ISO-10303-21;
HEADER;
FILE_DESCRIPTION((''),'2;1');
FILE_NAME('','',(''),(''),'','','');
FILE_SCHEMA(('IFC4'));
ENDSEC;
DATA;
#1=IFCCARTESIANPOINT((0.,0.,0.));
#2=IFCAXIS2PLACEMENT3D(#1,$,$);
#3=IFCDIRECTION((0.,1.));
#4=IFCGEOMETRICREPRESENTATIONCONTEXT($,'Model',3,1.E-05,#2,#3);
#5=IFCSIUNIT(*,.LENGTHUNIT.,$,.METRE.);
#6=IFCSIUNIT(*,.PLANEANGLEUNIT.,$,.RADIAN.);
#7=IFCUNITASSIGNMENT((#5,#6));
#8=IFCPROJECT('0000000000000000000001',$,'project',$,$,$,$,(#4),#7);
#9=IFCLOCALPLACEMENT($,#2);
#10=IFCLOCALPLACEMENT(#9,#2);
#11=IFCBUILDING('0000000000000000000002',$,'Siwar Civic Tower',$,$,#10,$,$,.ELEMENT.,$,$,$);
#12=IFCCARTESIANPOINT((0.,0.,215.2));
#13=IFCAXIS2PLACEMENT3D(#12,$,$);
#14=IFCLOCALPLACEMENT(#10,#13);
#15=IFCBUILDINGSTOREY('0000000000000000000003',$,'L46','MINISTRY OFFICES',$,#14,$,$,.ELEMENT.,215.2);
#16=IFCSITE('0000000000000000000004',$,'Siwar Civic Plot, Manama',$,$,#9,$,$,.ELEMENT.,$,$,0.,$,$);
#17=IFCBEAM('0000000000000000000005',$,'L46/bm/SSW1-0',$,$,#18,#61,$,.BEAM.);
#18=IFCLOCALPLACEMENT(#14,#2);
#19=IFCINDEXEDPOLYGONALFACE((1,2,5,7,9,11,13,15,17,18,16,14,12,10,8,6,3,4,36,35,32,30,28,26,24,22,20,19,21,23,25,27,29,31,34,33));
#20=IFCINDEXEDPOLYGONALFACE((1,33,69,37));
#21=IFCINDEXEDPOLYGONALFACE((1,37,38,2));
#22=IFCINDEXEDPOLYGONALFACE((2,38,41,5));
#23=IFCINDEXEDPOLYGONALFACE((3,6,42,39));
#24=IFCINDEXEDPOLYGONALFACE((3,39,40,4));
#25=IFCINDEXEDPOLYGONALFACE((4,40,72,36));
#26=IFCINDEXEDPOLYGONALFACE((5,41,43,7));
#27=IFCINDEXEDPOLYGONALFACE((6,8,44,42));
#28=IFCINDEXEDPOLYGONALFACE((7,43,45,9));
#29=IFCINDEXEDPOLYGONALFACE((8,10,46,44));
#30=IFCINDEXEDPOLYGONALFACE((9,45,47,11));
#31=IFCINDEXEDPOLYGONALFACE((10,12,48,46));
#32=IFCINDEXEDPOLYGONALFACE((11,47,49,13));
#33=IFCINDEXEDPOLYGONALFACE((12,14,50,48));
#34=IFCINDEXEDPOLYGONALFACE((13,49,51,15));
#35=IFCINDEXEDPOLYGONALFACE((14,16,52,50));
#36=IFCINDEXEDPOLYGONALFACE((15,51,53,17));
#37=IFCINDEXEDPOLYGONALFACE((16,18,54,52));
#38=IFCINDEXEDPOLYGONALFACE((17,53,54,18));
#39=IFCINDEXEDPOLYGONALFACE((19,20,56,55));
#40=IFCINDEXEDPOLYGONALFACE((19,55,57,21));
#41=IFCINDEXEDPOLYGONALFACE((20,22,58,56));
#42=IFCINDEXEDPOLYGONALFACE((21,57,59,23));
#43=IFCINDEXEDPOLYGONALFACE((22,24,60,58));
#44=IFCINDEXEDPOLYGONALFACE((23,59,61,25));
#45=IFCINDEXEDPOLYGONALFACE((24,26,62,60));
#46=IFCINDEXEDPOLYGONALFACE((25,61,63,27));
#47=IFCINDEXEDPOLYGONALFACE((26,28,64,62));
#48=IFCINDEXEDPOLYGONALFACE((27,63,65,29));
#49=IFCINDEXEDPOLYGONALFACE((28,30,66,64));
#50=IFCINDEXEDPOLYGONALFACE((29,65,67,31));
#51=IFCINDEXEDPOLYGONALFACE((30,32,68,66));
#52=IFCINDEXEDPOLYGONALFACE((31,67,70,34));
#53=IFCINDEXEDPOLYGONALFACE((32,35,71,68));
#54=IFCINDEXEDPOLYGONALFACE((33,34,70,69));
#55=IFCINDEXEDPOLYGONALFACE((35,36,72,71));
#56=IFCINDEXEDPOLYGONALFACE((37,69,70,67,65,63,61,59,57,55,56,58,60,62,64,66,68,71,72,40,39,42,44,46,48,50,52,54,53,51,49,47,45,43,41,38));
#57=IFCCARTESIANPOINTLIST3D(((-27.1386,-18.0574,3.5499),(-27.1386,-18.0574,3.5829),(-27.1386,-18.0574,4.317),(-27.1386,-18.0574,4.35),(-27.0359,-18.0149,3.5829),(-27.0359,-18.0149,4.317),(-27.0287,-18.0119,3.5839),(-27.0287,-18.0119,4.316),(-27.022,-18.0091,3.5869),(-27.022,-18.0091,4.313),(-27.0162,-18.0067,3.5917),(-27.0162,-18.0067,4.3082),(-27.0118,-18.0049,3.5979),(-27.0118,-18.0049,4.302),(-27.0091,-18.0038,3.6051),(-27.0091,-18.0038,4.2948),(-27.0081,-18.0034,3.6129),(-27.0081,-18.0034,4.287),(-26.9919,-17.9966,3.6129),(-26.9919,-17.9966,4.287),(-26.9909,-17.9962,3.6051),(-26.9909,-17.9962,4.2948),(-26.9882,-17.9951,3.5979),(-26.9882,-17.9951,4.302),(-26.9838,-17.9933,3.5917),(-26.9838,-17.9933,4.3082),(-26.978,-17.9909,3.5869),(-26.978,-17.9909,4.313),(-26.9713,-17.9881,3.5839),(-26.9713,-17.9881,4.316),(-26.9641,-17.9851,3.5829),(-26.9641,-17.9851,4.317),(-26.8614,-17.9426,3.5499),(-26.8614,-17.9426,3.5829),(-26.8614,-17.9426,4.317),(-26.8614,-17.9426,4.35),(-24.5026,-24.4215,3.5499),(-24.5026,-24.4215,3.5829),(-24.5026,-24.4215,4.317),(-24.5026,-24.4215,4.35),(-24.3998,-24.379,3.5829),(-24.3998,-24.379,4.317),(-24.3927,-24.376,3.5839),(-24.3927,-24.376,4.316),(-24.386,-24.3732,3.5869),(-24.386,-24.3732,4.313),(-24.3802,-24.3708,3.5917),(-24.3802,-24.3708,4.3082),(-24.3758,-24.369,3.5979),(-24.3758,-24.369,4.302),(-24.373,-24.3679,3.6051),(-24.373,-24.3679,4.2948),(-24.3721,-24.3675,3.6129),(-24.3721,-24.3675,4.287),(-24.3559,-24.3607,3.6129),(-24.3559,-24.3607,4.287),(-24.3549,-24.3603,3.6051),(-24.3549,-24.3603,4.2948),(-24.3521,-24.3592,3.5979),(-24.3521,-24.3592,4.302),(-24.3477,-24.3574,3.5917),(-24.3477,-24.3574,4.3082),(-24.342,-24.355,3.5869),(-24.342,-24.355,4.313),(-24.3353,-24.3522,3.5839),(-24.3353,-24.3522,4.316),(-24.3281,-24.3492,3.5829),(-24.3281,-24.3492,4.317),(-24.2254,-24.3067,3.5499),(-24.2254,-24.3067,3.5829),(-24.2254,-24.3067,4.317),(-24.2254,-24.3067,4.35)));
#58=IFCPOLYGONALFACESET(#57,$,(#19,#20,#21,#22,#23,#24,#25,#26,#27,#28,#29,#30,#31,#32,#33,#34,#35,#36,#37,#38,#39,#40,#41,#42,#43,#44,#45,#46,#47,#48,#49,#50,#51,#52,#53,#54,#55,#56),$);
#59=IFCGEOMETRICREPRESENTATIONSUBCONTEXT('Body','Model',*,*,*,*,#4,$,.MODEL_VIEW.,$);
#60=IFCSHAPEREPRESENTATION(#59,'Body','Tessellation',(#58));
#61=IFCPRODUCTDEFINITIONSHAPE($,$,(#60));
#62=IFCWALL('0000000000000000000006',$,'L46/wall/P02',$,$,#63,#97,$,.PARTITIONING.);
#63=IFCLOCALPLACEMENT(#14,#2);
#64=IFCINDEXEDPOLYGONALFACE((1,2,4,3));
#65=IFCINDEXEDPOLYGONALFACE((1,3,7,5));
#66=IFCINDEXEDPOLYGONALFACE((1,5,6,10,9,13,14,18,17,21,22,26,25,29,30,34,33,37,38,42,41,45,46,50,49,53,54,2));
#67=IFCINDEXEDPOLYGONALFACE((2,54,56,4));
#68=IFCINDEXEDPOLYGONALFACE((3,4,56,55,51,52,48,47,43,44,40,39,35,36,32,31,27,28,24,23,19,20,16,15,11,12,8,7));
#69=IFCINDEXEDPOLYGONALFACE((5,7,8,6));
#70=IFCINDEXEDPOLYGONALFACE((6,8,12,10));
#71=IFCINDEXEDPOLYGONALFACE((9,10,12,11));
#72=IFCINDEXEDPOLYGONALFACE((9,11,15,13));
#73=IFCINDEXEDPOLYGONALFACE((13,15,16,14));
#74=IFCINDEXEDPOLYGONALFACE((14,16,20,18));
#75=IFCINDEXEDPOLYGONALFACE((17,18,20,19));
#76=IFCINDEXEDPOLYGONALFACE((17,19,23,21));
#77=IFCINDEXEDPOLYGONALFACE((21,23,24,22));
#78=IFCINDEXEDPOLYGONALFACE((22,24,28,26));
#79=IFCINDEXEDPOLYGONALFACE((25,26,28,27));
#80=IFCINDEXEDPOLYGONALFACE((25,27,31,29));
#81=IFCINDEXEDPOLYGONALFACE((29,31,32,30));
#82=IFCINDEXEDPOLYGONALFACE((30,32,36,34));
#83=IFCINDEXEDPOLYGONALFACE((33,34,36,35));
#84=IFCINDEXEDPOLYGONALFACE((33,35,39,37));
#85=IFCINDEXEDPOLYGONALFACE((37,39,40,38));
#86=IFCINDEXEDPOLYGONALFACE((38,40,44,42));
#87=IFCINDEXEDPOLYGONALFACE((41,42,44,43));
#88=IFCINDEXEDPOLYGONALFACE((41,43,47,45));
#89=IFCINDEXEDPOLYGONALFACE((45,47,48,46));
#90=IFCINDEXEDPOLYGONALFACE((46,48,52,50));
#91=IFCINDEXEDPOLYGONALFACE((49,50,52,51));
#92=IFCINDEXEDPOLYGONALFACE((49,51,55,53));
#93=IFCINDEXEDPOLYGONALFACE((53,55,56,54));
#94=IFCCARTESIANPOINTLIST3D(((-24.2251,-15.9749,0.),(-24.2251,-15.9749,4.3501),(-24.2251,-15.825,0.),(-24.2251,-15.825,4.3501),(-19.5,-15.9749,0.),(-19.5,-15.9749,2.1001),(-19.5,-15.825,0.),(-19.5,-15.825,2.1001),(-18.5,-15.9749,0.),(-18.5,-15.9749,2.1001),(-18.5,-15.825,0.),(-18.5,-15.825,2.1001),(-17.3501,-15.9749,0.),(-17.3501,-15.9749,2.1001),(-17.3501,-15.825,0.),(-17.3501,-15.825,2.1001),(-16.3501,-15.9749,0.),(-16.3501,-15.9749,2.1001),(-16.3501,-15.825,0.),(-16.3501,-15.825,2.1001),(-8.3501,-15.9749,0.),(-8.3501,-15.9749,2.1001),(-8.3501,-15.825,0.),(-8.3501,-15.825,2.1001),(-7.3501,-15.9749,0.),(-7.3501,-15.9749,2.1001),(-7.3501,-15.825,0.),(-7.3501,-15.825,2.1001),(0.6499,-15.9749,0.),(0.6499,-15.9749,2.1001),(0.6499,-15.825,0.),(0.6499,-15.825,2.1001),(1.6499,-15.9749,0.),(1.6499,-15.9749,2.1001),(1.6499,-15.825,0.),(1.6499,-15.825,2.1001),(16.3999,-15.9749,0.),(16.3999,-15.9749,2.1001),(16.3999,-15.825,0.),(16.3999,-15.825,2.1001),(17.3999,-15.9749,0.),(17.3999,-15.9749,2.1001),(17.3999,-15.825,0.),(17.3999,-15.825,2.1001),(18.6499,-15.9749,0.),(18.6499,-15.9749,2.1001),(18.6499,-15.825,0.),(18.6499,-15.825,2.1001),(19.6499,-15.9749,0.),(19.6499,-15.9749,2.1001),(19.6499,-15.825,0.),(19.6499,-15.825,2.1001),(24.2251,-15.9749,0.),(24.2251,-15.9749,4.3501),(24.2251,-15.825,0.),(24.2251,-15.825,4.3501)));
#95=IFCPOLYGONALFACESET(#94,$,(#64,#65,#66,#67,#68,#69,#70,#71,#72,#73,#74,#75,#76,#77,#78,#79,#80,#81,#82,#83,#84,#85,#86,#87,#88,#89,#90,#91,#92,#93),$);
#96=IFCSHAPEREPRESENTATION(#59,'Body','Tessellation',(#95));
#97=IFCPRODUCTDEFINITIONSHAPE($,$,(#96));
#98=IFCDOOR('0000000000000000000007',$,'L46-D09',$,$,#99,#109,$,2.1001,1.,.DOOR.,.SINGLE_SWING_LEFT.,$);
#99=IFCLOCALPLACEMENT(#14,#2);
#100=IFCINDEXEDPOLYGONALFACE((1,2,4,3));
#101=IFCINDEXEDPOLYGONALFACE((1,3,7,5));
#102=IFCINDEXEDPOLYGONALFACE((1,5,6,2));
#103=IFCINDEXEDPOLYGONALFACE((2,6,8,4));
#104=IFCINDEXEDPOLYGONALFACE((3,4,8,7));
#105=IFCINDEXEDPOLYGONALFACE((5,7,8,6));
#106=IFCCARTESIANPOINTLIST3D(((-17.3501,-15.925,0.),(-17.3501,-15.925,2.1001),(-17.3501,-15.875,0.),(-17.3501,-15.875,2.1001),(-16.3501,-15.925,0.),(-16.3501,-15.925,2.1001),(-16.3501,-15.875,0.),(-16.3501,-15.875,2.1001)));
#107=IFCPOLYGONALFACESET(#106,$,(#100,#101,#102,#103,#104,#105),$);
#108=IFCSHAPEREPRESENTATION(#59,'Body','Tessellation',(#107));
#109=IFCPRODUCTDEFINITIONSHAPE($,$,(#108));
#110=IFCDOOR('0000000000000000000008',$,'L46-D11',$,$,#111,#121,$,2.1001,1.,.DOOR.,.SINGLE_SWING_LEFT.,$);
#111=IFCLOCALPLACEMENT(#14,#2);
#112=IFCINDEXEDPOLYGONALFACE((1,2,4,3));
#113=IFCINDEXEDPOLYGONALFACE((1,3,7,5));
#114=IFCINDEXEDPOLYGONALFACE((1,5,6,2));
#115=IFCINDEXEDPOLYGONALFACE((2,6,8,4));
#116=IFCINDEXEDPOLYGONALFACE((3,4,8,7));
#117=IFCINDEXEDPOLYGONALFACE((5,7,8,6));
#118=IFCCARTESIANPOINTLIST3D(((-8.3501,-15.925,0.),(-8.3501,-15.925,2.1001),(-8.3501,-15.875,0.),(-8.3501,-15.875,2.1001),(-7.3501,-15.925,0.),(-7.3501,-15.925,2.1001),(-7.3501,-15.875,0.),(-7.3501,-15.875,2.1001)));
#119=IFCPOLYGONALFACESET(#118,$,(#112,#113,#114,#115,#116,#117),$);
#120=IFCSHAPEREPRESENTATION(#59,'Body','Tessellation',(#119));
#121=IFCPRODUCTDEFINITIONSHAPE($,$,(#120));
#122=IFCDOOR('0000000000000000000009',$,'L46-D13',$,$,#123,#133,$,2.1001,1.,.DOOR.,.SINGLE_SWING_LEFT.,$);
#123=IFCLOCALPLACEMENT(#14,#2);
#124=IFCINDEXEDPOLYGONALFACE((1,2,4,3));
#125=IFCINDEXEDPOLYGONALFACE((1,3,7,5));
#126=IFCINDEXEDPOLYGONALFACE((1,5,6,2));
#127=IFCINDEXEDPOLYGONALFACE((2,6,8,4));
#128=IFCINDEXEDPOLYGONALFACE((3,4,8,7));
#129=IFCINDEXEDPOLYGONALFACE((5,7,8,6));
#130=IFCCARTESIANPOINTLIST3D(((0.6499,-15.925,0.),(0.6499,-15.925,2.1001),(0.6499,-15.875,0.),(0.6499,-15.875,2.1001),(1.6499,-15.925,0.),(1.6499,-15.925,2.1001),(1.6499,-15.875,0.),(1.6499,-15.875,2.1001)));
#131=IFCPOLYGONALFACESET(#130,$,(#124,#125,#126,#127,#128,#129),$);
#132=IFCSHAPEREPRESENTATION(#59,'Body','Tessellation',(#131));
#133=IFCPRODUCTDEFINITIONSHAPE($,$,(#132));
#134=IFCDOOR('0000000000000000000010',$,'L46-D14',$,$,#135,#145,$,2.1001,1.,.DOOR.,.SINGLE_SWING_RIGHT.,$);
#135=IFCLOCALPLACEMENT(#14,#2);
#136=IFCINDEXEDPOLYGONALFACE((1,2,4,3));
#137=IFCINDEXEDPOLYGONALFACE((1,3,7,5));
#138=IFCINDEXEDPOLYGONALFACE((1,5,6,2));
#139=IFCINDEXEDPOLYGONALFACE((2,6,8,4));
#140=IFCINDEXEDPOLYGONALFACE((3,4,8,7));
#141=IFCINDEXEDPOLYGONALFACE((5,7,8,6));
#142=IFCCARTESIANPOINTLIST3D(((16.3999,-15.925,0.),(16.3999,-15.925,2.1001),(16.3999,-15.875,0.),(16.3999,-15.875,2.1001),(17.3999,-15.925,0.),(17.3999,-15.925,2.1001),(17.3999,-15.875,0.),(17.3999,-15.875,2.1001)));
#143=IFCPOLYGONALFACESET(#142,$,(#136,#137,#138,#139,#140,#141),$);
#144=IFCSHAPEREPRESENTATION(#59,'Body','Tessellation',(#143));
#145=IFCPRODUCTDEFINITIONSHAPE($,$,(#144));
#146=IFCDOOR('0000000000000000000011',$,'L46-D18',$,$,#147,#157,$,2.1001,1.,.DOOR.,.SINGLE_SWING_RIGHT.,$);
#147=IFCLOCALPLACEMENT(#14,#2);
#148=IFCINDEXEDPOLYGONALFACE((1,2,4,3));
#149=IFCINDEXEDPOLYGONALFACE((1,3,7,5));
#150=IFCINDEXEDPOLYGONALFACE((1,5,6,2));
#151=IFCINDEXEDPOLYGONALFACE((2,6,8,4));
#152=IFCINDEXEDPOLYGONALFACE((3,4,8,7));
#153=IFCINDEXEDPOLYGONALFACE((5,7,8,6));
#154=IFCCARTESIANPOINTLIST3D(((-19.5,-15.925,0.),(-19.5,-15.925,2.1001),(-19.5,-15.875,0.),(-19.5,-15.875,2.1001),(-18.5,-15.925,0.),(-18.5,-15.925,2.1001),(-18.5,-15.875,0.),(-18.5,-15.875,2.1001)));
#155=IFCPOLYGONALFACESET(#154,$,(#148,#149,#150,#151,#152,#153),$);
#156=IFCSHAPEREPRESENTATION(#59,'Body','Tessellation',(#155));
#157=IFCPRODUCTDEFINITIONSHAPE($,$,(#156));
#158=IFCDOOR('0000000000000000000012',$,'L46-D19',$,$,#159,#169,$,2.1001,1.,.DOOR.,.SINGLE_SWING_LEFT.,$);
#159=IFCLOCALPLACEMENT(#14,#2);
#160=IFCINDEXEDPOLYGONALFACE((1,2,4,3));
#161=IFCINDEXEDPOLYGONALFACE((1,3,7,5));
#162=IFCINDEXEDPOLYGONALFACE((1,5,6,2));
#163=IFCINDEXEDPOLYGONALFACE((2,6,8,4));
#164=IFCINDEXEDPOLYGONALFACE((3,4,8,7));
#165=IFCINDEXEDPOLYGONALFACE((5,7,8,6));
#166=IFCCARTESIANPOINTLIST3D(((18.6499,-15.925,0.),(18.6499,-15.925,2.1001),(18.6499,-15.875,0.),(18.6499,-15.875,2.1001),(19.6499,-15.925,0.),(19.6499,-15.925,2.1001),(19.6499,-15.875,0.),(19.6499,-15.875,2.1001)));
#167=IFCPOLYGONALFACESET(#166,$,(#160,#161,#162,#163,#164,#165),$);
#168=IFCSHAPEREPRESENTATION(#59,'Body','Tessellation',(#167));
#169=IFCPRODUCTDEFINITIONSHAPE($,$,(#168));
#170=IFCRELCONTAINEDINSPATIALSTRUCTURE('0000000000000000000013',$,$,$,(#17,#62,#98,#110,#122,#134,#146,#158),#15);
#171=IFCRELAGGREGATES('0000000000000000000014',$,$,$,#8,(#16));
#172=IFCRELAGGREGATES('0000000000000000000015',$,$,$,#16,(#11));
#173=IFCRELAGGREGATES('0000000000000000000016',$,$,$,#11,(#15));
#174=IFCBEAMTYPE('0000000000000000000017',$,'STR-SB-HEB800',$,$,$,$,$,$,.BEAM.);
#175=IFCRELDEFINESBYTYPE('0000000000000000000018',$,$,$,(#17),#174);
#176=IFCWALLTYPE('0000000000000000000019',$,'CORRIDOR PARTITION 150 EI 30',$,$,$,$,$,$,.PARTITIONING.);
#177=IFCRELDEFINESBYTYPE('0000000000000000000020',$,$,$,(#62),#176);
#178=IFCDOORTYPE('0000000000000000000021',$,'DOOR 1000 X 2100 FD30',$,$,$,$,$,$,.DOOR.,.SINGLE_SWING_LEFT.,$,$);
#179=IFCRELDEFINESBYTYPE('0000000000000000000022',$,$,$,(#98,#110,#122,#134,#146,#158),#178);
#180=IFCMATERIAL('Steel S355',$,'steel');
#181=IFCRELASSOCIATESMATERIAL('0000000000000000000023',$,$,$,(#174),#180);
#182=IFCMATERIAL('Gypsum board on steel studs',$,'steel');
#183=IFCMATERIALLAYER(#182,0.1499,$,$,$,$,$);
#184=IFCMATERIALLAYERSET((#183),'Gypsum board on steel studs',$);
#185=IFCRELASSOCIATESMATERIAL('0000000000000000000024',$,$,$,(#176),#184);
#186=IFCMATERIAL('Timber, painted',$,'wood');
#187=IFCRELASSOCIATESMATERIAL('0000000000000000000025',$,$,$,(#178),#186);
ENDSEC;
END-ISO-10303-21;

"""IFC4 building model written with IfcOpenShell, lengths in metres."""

from ifc_helpers import new_model, si_unit, direction, frame, frame_2d, origin, origin_2d, place, context, subcontext, project, spatial, rectangle, i_section, extrude, material, layer, layer_set, material_profile, profile_set, type_object, element, fill, save


model = new_model("IFC4")

# Units and contexts
model_context = context("Model", 3, precision=1e-05, world=origin(), true_north=direction((0.0, 1.0)))
body_context = subcontext(model_context, "Body", "Model", "MODEL_VIEW")
ifc_project = project(units=[si_unit("LENGTHUNIT", "METRE"), si_unit("PLANEANGLEUNIT", "RADIAN")], contexts=[model_context])

# Site, building, storey
site_placement = place(None, origin())
site = spatial("IfcSite", under=ifc_project, at=site_placement, Name="Siwar Civic Plot, Manama", CompositionType="ELEMENT", RefElevation=0.0)
building_placement = place(site_placement, origin())
building = spatial("IfcBuilding", under=site, at=building_placement, Name="Siwar Civic Tower", CompositionType="ELEMENT")
storey_placement = place(building_placement, frame((0.0, 0.0, 215.2)))
storey = spatial("IfcBuildingStorey", under=building, at=storey_placement, Name="L46", Description="MINISTRY OFFICES", CompositionType="ELEMENT", Elevation=215.2)

# Beam
ifc_material_1 = material(Name="Steel S355", Category="steel")
ifc_material_profile_1 = material_profile(ifc_material_1, i_section(OverallWidth=0.3, OverallDepth=0.8, WebThickness=0.0176, FlangeThickness=0.033, FilletRadius=0.03, at=origin_2d()), Name="HEB800")
ifc_profile_set_1 = profile_set([ifc_material_profile_1], Name="Steel S355")
beam_type_1 = type_object("IfcBeamType", Name="STR-SB-HEB800", PredefinedType="BEAM", material=ifc_profile_set_1)
beam_1_placement = place(storey_placement, frame((-27.0, -18.0, 3.95), z_axis=(0.382674, -0.923883, 0.0), x_axis=(0.923883, 0.382674, 0.0)))
element("IfcBeam", 1, at=beam_1_placement, inside=storey, type_object=beam_type_1, Name="L46/bm/SSW1-0", PredefinedType="BEAM", context=body_context, shape_type="SweptSolid", body=[
    extrude(i_section(OverallWidth=0.3, OverallDepth=0.8, WebThickness=0.0176, FlangeThickness=0.033, FilletRadius=0.03, at=origin_2d()), origin(), (0.0, 0.0, 1.0), 6.8884),
])

# Wall, openings, doors
ifc_material_2 = material(Name="Gypsum board on steel studs", Category="steel")
ifc_layer_1 = layer(ifc_material_2, 0.1499)
ifc_layer_set_1 = layer_set([ifc_layer_1], Name="Gypsum board on steel studs")
wall_type = type_object("IfcWallType", Name="CORRIDOR PARTITION 150 EI 30", PredefinedType="PARTITIONING", material=ifc_layer_set_1)
wall_1_placement = place(storey_placement, frame((-24.2251, -15.8999, 0.0), z_axis=(0.0, 0.0, 1.0), x_axis=(1.0, 0.0, 0.0)))
wall_1 = element("IfcWall", 2, at=wall_1_placement, inside=storey, type_object=wall_type, Name="L46/wall/P02", PredefinedType="PARTITIONING", context=body_context, shape_type="SweptSolid", body=[
    extrude(rectangle(XDim=48.4502, YDim=0.1499, at=frame_2d((24.2251, 0.0))), origin(), (0.0, 0.0, 1.0), 4.3501),
])
opening_1_placement = place(wall_1_placement, frame((6.875, 0.0, 0.0)))
opening_1 = element("IfcOpeningElement", 3, at=opening_1_placement, cuts=wall_1, PredefinedType="OPENING", context=body_context, shape_type="SweptSolid", body=[
    extrude(rectangle(XDim=1.0, YDim=2.1001, at=frame_2d((0.5, 1.05))), frame((0.0, 0.085, 0.0), z_axis=(0.0, -1.0, 0.0), x_axis=(1.0, 0.0, 0.0)), (0.0, 0.0, 1.0), 0.1699),
])
opening_2_placement = place(wall_1_placement, frame((15.875, 0.0, 0.0)))
opening_2 = element("IfcOpeningElement", 4, at=opening_2_placement, cuts=wall_1, PredefinedType="OPENING", context=body_context, shape_type="SweptSolid", body=[
    extrude(rectangle(XDim=1.0, YDim=2.1001, at=frame_2d((0.5, 1.05))), frame((0.0, 0.085, 0.0), z_axis=(0.0, -1.0, 0.0), x_axis=(1.0, 0.0, 0.0)), (0.0, 0.0, 1.0), 0.1699),
])
opening_3_placement = place(wall_1_placement, frame((24.875, 0.0, 0.0)))
opening_3 = element("IfcOpeningElement", 5, at=opening_3_placement, cuts=wall_1, PredefinedType="OPENING", context=body_context, shape_type="SweptSolid", body=[
    extrude(rectangle(XDim=1.0, YDim=2.1001, at=frame_2d((0.5, 1.05))), frame((0.0, 0.085, 0.0), z_axis=(0.0, -1.0, 0.0), x_axis=(1.0, 0.0, 0.0)), (0.0, 0.0, 1.0), 0.1699),
])
opening_4_placement = place(wall_1_placement, frame((40.625, 0.0, 0.0)))
opening_4 = element("IfcOpeningElement", 6, at=opening_4_placement, cuts=wall_1, PredefinedType="OPENING", context=body_context, shape_type="SweptSolid", body=[
    extrude(rectangle(XDim=1.0, YDim=2.1001, at=frame_2d((0.5, 1.05))), frame((0.0, 0.085, 0.0), z_axis=(0.0, -1.0, 0.0), x_axis=(1.0, 0.0, 0.0)), (0.0, 0.0, 1.0), 0.1699),
])
opening_5_placement = place(wall_1_placement, frame((4.7251, 0.0, 0.0)))
opening_5 = element("IfcOpeningElement", 7, at=opening_5_placement, cuts=wall_1, PredefinedType="OPENING", context=body_context, shape_type="SweptSolid", body=[
    extrude(rectangle(XDim=1.0, YDim=2.1001, at=frame_2d((0.5, 1.05))), frame((0.0, 0.085, 0.0), z_axis=(0.0, -1.0, 0.0), x_axis=(1.0, 0.0, 0.0)), (0.0, 0.0, 1.0), 0.1699),
])
opening_6_placement = place(wall_1_placement, frame((42.875, 0.0, 0.0)))
opening_6 = element("IfcOpeningElement", 8, at=opening_6_placement, cuts=wall_1, PredefinedType="OPENING", context=body_context, shape_type="SweptSolid", body=[
    extrude(rectangle(XDim=1.0, YDim=2.1001, at=frame_2d((0.5, 1.05))), frame((0.0, 0.085, 0.0), z_axis=(0.0, -1.0, 0.0), x_axis=(1.0, 0.0, 0.0)), (0.0, 0.0, 1.0), 0.1699),
])
ifc_material_3 = material(Name="Timber, painted", Category="wood")
door_type = type_object("IfcDoorType", Name="DOOR 1000 X 2100 FD30", OperationType="SINGLE_SWING_LEFT", PredefinedType="DOOR", material=ifc_material_3)
door_1_placement = place(opening_1_placement, origin())
door_1 = element("IfcDoor", 9, at=door_1_placement, inside=storey, type_object=door_type, Name="L46-D09", OperationType="SINGLE_SWING_LEFT", OverallHeight=2.1001, OverallWidth=1.0, PredefinedType="DOOR", context=body_context, shape_type="SweptSolid", body=[
    extrude(rectangle(XDim=1.0, YDim=2.1001, at=frame_2d((0.5, 1.05))), frame((0.0, 0.0249, 0.0), z_axis=(0.0, -1.0, 0.0), x_axis=(1.0, 0.0, 0.0)), (0.0, 0.0, 1.0), 0.05),
])
fill(opening_1, door_1)
door_2_placement = place(opening_2_placement, origin())
door_2 = element("IfcDoor", 10, at=door_2_placement, inside=storey, type_object=door_type, Name="L46-D11", OperationType="SINGLE_SWING_LEFT", OverallHeight=2.1001, OverallWidth=1.0, PredefinedType="DOOR", context=body_context, shape_type="SweptSolid", body=[
    extrude(rectangle(XDim=1.0, YDim=2.1001, at=frame_2d((0.5, 1.05))), frame((0.0, 0.0249, 0.0), z_axis=(0.0, -1.0, 0.0), x_axis=(1.0, 0.0, 0.0)), (0.0, 0.0, 1.0), 0.05),
])
fill(opening_2, door_2)
door_3_placement = place(opening_3_placement, origin())
door_3 = element("IfcDoor", 11, at=door_3_placement, inside=storey, type_object=door_type, Name="L46-D13", OperationType="SINGLE_SWING_LEFT", OverallHeight=2.1001, OverallWidth=1.0, PredefinedType="DOOR", context=body_context, shape_type="SweptSolid", body=[
    extrude(rectangle(XDim=1.0, YDim=2.1001, at=frame_2d((0.5, 1.05))), frame((0.0, 0.0249, 0.0), z_axis=(0.0, -1.0, 0.0), x_axis=(1.0, 0.0, 0.0)), (0.0, 0.0, 1.0), 0.05),
])
fill(opening_3, door_3)
door_4_placement = place(opening_4_placement, origin())
door_4 = element("IfcDoor", 12, at=door_4_placement, inside=storey, type_object=door_type, Name="L46-D14", OperationType="SINGLE_SWING_RIGHT", OverallHeight=2.1001, OverallWidth=1.0, PredefinedType="DOOR", context=body_context, shape_type="SweptSolid", body=[
    extrude(rectangle(XDim=1.0, YDim=2.1001, at=frame_2d((0.5, 1.05))), frame((0.0, 0.0249, 0.0), z_axis=(0.0, -1.0, 0.0), x_axis=(1.0, 0.0, 0.0)), (0.0, 0.0, 1.0), 0.05),
])
fill(opening_4, door_4)
door_5_placement = place(opening_5_placement, origin())
door_5 = element("IfcDoor", 13, at=door_5_placement, inside=storey, type_object=door_type, Name="L46-D18", OperationType="SINGLE_SWING_RIGHT", OverallHeight=2.1001, OverallWidth=1.0, PredefinedType="DOOR", context=body_context, shape_type="SweptSolid", body=[
    extrude(rectangle(XDim=1.0, YDim=2.1001, at=frame_2d((0.5, 1.05))), frame((0.0, 0.0249, 0.0), z_axis=(0.0, -1.0, 0.0), x_axis=(1.0, 0.0, 0.0)), (0.0, 0.0, 1.0), 0.05),
])
fill(opening_5, door_5)
door_6_placement = place(opening_6_placement, origin())
door_6 = element("IfcDoor", 14, at=door_6_placement, inside=storey, type_object=door_type, Name="L46-D19", OperationType="SINGLE_SWING_LEFT", OverallHeight=2.1001, OverallWidth=1.0, PredefinedType="DOOR", context=body_context, shape_type="SweptSolid", body=[
    extrude(rectangle(XDim=1.0, YDim=2.1001, at=frame_2d((0.5, 1.05))), frame((0.0, 0.0249, 0.0), z_axis=(0.0, -1.0, 0.0), x_axis=(1.0, 0.0, 0.0)), (0.0, 0.0, 1.0), 0.05),
])
fill(opening_6, door_6)

save(model, "model.ifc")
